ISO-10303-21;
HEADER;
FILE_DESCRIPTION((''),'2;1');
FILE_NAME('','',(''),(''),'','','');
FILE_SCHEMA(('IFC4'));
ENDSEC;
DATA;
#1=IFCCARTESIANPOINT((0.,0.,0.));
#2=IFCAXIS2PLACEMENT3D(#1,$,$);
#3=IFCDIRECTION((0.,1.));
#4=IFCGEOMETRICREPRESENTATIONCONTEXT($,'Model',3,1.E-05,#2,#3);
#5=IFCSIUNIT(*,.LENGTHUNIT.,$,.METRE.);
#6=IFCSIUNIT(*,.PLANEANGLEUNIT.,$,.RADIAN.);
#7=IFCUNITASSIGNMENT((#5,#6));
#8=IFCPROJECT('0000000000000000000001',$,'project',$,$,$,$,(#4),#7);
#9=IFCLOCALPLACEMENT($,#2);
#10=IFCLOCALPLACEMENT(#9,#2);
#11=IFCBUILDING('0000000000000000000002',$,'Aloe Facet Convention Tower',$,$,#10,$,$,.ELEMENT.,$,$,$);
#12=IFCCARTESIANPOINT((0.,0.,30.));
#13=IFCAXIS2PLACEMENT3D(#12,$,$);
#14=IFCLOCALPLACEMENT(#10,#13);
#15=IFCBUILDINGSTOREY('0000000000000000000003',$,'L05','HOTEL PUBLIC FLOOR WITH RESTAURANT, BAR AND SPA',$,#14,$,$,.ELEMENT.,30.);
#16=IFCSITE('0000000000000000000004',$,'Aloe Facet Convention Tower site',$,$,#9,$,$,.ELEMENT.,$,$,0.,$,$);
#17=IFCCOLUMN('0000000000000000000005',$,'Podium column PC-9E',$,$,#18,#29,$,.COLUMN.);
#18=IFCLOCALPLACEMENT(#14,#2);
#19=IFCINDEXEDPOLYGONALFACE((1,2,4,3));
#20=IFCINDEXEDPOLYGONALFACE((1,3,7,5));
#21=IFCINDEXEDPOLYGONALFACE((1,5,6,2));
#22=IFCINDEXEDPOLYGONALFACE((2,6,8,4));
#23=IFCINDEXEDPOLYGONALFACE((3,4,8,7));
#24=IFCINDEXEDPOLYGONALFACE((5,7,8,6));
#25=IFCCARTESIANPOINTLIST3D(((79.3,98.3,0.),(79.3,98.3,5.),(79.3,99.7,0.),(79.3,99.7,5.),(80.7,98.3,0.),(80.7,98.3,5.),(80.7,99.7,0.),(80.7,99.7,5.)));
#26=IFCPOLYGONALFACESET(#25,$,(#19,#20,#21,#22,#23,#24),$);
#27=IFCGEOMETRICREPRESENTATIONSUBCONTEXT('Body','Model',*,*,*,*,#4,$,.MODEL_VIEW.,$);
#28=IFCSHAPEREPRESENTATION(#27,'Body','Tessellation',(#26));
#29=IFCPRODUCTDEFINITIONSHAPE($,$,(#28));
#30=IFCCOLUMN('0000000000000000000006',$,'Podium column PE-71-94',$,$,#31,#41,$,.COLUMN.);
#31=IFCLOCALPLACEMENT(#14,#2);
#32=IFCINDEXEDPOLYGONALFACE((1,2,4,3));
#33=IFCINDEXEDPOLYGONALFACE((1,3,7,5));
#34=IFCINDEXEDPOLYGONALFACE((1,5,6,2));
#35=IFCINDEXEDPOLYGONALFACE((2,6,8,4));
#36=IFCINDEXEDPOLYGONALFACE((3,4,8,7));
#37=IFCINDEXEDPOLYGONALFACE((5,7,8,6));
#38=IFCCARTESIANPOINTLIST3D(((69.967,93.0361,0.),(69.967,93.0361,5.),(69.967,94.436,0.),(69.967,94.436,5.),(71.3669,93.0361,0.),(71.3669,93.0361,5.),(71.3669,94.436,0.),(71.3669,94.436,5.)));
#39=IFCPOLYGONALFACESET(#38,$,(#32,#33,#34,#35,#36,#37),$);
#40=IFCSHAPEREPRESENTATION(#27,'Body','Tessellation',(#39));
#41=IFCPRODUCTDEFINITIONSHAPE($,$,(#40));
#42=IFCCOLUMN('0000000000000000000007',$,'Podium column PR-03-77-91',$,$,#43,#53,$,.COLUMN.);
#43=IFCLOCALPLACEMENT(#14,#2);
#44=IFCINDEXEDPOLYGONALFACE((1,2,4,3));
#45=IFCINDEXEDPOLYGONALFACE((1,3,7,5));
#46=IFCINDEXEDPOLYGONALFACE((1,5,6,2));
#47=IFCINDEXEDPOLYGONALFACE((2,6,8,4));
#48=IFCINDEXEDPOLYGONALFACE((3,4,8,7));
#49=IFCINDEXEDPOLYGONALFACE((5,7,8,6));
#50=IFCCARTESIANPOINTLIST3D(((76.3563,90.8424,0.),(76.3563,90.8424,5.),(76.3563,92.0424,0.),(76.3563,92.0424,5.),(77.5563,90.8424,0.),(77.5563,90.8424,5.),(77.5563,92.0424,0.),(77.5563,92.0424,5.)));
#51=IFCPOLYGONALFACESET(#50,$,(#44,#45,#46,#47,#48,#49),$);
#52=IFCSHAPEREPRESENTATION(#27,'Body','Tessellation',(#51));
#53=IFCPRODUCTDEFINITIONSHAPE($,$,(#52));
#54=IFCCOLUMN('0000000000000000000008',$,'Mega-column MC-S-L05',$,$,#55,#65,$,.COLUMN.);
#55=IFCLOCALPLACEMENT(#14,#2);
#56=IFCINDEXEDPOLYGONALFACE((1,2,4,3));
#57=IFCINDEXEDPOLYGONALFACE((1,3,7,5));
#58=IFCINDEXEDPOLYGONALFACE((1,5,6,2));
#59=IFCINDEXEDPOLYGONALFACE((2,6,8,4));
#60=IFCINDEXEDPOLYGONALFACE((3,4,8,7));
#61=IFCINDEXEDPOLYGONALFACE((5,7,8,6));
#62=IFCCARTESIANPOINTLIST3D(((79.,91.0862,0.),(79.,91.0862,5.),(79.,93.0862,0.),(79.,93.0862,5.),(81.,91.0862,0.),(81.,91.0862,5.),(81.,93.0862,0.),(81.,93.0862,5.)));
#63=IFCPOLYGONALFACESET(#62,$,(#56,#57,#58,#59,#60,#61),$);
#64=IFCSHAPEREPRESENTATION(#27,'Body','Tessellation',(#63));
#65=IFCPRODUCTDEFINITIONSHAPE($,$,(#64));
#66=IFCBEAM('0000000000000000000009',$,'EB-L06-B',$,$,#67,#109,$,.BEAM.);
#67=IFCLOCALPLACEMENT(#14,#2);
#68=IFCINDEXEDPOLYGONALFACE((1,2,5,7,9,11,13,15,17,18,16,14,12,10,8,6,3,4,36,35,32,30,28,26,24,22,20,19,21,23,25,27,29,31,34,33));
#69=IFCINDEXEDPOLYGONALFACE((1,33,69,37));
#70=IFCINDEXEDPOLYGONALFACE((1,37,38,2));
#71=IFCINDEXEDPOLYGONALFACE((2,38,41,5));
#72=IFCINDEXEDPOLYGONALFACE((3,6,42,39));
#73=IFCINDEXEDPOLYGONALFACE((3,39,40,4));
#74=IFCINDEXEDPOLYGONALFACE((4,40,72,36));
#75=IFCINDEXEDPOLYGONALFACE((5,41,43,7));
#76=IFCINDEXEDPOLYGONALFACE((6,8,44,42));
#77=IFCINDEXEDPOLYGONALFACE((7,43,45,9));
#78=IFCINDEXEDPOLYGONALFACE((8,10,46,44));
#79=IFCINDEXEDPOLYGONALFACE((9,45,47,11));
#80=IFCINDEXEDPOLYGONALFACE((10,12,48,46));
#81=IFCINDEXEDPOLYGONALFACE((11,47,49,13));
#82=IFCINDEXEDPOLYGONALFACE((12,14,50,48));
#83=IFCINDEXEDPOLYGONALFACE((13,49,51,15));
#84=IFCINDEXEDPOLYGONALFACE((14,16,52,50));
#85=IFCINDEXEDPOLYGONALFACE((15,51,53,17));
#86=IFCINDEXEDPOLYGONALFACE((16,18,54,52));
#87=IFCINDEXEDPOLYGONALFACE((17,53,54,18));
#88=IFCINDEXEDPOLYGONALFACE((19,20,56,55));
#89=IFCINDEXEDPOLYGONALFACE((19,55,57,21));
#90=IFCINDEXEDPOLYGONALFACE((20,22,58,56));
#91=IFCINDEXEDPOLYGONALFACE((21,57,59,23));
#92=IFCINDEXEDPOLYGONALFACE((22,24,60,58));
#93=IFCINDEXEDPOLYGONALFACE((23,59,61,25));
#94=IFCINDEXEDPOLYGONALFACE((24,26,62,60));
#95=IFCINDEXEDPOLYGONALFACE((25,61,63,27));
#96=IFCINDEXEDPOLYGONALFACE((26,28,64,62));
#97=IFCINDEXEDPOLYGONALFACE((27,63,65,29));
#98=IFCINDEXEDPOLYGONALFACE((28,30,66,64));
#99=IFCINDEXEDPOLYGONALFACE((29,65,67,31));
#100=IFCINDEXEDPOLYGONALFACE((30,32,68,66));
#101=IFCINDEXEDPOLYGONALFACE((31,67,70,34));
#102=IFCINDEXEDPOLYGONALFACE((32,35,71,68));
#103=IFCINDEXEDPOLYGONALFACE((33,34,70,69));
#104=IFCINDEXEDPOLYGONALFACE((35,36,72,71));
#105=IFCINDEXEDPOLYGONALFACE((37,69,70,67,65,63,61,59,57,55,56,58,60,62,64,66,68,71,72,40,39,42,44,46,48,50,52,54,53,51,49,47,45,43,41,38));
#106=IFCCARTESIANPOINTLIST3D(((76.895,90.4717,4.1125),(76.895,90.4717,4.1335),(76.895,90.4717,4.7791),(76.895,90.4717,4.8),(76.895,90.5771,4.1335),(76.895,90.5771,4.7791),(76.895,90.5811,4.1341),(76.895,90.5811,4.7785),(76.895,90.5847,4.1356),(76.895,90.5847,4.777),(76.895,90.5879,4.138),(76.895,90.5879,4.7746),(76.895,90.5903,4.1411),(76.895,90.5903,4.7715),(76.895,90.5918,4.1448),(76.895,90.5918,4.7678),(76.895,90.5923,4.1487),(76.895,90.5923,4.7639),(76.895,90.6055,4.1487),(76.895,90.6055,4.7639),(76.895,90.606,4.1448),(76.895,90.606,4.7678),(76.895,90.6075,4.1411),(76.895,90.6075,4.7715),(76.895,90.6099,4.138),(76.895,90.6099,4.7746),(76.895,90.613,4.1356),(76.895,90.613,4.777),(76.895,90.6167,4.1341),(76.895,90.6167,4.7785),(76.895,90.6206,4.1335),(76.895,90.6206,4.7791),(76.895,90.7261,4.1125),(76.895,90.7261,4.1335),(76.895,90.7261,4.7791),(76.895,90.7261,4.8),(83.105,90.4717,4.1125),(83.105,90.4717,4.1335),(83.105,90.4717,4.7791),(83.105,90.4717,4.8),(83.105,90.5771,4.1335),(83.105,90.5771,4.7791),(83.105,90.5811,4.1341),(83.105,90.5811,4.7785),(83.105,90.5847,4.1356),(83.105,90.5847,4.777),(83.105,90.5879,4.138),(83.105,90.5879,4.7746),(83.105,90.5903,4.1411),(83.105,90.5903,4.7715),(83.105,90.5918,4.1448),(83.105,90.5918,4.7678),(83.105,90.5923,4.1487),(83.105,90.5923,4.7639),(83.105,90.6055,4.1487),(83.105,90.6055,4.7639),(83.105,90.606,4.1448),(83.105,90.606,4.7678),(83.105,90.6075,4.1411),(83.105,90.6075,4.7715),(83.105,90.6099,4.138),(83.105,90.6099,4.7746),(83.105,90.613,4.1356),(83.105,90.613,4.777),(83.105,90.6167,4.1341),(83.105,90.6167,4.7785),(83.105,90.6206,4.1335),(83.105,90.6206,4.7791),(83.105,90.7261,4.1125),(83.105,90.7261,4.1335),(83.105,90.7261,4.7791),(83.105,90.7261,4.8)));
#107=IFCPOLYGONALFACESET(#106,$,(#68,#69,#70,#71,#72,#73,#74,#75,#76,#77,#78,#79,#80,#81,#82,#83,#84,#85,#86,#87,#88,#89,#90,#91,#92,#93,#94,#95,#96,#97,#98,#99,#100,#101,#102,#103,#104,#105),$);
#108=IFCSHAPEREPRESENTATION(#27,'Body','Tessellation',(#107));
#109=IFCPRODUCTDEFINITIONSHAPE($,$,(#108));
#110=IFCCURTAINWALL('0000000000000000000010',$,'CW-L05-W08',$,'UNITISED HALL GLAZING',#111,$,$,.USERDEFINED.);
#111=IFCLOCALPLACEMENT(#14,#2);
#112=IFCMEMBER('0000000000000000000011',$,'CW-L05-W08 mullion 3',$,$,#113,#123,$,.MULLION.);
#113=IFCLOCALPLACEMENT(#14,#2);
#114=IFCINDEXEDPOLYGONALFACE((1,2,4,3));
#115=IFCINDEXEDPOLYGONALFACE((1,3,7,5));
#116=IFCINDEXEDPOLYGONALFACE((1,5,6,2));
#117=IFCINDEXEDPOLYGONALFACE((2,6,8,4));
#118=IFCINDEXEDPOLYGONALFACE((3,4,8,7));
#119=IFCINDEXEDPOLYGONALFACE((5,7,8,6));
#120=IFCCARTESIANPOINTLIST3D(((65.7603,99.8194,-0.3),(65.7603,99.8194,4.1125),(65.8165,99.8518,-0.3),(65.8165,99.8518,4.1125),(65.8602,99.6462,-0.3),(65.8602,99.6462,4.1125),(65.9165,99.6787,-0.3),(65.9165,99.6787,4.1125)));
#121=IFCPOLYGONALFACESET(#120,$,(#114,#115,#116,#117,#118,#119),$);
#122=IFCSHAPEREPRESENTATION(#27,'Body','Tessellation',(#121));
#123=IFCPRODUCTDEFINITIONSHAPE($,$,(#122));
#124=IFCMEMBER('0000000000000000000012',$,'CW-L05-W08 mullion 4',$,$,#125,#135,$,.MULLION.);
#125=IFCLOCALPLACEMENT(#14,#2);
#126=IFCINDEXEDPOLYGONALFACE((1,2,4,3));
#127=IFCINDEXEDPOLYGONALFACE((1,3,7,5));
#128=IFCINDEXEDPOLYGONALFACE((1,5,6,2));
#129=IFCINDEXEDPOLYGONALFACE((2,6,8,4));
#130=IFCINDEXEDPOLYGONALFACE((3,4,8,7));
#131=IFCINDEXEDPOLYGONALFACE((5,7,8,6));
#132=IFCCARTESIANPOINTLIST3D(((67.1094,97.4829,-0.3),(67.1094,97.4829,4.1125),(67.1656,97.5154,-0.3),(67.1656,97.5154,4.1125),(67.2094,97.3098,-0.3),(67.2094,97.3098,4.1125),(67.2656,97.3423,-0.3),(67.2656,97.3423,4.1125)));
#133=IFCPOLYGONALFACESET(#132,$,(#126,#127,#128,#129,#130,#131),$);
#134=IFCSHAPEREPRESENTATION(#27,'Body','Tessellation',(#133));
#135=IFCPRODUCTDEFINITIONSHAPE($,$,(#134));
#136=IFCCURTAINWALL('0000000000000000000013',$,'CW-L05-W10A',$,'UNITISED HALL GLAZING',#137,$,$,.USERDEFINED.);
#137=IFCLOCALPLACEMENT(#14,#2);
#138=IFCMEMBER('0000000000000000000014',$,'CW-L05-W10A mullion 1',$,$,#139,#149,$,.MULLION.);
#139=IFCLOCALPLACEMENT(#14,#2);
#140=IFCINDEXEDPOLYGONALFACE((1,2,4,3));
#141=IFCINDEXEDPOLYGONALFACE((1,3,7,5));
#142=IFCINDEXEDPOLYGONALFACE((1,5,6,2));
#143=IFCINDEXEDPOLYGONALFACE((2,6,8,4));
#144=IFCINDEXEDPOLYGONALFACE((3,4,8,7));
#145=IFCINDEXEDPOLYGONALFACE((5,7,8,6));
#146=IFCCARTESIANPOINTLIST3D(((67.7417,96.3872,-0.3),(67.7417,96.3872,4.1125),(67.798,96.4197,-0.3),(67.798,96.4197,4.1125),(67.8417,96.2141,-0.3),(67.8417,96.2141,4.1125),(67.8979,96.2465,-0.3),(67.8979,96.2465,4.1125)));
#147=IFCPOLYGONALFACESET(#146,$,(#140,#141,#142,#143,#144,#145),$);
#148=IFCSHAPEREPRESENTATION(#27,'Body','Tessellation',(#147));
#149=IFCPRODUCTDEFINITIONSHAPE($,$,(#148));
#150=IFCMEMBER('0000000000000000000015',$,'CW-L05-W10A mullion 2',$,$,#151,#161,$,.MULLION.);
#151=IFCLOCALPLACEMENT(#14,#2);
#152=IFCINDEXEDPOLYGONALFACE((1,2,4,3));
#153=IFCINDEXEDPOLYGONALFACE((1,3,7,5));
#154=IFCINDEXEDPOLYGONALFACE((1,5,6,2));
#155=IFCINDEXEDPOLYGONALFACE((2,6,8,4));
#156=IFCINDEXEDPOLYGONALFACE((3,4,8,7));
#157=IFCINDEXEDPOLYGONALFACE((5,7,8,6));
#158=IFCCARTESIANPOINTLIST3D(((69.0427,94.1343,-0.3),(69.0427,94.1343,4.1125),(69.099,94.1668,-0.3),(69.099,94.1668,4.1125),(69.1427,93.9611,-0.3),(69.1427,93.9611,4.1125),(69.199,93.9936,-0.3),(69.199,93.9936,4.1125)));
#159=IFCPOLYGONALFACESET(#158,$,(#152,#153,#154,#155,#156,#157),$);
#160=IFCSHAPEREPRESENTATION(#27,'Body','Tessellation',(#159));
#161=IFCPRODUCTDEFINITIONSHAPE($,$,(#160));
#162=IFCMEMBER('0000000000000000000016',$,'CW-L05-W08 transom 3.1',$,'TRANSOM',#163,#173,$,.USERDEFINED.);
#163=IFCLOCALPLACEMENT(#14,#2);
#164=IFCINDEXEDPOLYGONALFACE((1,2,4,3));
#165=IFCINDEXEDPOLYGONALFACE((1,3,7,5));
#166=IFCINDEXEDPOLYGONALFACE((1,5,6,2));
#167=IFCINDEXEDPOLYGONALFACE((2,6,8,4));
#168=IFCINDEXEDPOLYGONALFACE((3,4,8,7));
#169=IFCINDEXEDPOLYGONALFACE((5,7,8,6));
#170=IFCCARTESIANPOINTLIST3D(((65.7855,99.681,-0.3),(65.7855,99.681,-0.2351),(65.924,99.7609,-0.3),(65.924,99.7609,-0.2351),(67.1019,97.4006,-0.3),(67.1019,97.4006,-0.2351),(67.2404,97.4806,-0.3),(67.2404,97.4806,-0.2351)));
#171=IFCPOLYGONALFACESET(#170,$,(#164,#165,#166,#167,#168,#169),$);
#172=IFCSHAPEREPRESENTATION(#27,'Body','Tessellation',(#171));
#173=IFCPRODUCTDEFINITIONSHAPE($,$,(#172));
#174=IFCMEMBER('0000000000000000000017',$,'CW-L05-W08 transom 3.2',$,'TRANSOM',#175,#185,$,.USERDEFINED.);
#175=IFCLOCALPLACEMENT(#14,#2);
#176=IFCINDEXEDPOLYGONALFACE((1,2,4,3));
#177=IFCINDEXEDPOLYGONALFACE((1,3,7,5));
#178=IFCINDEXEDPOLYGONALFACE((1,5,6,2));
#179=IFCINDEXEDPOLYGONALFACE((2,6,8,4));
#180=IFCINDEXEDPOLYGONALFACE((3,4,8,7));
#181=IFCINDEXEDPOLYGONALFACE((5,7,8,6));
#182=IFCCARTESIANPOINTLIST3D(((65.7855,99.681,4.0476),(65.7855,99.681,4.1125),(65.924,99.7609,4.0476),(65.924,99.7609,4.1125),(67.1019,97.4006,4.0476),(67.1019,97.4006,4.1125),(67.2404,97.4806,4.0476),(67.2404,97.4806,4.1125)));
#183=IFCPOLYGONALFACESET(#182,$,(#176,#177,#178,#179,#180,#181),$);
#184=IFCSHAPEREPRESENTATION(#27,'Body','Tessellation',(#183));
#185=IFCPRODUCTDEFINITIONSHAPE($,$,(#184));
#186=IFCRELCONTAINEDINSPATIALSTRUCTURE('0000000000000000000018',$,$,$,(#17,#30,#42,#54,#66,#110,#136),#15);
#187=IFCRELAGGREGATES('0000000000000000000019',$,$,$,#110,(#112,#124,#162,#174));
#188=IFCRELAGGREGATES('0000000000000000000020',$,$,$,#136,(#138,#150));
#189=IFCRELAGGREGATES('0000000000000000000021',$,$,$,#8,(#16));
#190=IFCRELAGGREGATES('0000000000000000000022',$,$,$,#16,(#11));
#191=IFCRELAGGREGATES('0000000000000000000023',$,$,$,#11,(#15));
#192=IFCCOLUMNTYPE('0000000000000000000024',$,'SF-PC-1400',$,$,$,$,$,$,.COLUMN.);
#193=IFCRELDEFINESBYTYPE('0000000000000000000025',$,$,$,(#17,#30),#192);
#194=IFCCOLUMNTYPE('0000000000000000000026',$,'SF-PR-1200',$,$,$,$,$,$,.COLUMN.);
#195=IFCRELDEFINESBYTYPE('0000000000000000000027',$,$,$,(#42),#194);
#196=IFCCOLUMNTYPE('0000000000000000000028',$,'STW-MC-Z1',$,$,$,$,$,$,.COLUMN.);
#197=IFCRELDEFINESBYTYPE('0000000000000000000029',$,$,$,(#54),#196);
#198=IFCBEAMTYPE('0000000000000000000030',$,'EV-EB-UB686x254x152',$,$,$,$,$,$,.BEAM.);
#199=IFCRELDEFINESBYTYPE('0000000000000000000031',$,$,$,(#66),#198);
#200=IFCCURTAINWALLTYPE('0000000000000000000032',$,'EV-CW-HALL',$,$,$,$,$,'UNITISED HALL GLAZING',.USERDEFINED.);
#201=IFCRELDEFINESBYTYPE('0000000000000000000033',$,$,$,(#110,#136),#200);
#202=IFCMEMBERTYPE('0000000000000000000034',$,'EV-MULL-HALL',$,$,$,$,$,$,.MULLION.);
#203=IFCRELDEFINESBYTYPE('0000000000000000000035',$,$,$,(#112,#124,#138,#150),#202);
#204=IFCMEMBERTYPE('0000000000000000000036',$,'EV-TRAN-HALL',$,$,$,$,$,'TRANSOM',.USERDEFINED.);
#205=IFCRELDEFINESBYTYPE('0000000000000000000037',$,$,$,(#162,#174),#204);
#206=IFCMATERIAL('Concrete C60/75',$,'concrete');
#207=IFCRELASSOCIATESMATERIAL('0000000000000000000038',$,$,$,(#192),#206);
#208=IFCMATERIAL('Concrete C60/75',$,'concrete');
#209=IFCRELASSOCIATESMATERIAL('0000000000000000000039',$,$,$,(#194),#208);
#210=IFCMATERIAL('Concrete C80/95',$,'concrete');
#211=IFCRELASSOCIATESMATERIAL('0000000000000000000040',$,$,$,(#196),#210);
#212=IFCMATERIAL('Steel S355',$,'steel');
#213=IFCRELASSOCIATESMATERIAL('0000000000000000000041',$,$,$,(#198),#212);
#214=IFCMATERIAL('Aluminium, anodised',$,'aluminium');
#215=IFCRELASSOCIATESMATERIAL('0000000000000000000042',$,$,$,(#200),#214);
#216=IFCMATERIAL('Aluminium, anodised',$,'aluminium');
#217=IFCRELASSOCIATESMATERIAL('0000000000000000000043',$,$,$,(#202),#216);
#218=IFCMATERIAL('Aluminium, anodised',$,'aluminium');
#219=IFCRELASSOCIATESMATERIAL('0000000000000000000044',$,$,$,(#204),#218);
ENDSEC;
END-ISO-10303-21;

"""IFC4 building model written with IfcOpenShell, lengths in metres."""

from ifc_helpers import new_model, si_unit, direction, frame, origin, origin_2d, place, context, subcontext, project, spatial, rectangle, i_section, extrude, material, material_profile, profile_set, type_object, element, aggregate, save


model = new_model("IFC4")

# Units and contexts
model_context = context("Model", 3, precision=1e-05, world=origin(), true_north=direction((0.0, 1.0)))
body_context = subcontext(model_context, "Body", "Model", "MODEL_VIEW")
ifc_project = project(units=[si_unit("LENGTHUNIT", "METRE"), si_unit("PLANEANGLEUNIT", "RADIAN")], contexts=[model_context])

# Site, building, storey
site_placement = place(None, origin())
site = spatial("IfcSite", under=ifc_project, at=site_placement, Name="Aloe Facet Convention Tower site", CompositionType="ELEMENT", RefElevation=0.0)
building_placement = place(site_placement, origin())
building = spatial("IfcBuilding", under=site, at=building_placement, Name="Aloe Facet Convention Tower", CompositionType="ELEMENT")
storey_placement = place(building_placement, frame((0.0, 0.0, 30.0)))
storey = spatial("IfcBuildingStorey", under=building, at=storey_placement, Name="L05", Description="HOTEL PUBLIC FLOOR WITH RESTAURANT, BAR AND SPA", CompositionType="ELEMENT", Elevation=30.0)

# Columns
ifc_material_1 = material(Name="Concrete C60/75", Category="concrete")
ifc_material_profile_1 = material_profile(ifc_material_1, rectangle(XDim=1.3999, YDim=1.3999, at=origin_2d()), Name="SF-PC-1400")
ifc_profile_set_1 = profile_set([ifc_material_profile_1], Name="Concrete C60/75")
column_type_1 = type_object("IfcColumnType", Name="SF-PC-1400", PredefinedType="COLUMN", material=ifc_profile_set_1)
for number, where, z_axis, x_axis, name in (
    (1, (80.0, 99.0, 0.0), (0.0, 0.0, 1.0), (1.0, 0.0, 0.0), "Podium column PC-9E"),
    (2, (70.667, 93.7361, 0.0), (0.0, 0.0, 1.0), (1.0, 0.0, 0.0), "Podium column PE-71-94"),
):
    element("IfcColumn", number, at=place(storey_placement, frame(where, z_axis=z_axis, x_axis=x_axis)), inside=storey, type_object=column_type_1, Name=name, PredefinedType="COLUMN", context=body_context, shape_type="SweptSolid", body=[
        extrude(rectangle(XDim=1.3999, YDim=1.3999, at=origin_2d()), origin(), (0.0, 0.0, 1.0), 5.0),
    ])
ifc_material_2 = material(Name="Concrete C60/75", Category="concrete")
ifc_material_profile_2 = material_profile(ifc_material_2, rectangle(XDim=1.2, YDim=1.2, at=origin_2d()), Name="SF-PR-1200")
ifc_profile_set_2 = profile_set([ifc_material_profile_2], Name="Concrete C60/75")
column_type_2 = type_object("IfcColumnType", Name="SF-PR-1200", PredefinedType="COLUMN", material=ifc_profile_set_2)
column_1_placement = place(storey_placement, frame((76.9563, 91.4424, 0.0), z_axis=(0.0, 0.0, 1.0), x_axis=(1.0, 0.0, 0.0)))
element("IfcColumn", 3, at=column_1_placement, inside=storey, type_object=column_type_2, Name="Podium column PR-03-77-91", PredefinedType="COLUMN", context=body_context, shape_type="SweptSolid", body=[
    extrude(rectangle(XDim=1.2, YDim=1.2, at=origin_2d()), origin(), (0.0, 0.0, 1.0), 5.0),
])
ifc_material_3 = material(Name="Concrete C80/95", Category="concrete")
ifc_material_profile_3 = material_profile(ifc_material_3, rectangle(XDim=2.0, YDim=2.0, at=origin_2d()), Name="STW-MC-Z1")
ifc_profile_set_3 = profile_set([ifc_material_profile_3], Name="Concrete C80/95")
column_type_3 = type_object("IfcColumnType", Name="STW-MC-Z1", PredefinedType="COLUMN", material=ifc_profile_set_3)
column_2_placement = place(storey_placement, frame((80.0, 92.0862, 0.0), z_axis=(0.0, 0.0, 1.0), x_axis=(1.0, 0.0, 0.0)))
element("IfcColumn", 4, at=column_2_placement, inside=storey, type_object=column_type_3, Name="Mega-column MC-S-L05", PredefinedType="COLUMN", context=body_context, shape_type="SweptSolid", body=[
    extrude(rectangle(XDim=2.0, YDim=2.0, at=origin_2d()), origin(), (0.0, 0.0, 1.0), 5.0),
])

# Beam
ifc_material_4 = material(Name="Steel S355", Category="steel")
ifc_material_profile_4 = material_profile(ifc_material_4, i_section(OverallWidth=0.2544, OverallDepth=0.6875, WebThickness=0.0132, FlangeThickness=0.021, FilletRadius=0.0151, at=origin_2d()), Name="UB 686x254x152")
ifc_profile_set_4 = profile_set([ifc_material_profile_4], Name="Steel S355")
beam_type_1 = type_object("IfcBeamType", Name="EV-EB-UB686x254x152", PredefinedType="BEAM", material=ifc_profile_set_4)
beam_1_placement = place(storey_placement, frame((76.895, 90.5989, 4.4563), z_axis=(1.0, 0.0, 0.0), x_axis=(0.0, 1.0, 0.0)))
element("IfcBeam", 5, at=beam_1_placement, inside=storey, type_object=beam_type_1, Name="EB-L06-B", PredefinedType="BEAM", context=body_context, shape_type="SweptSolid", body=[
    extrude(i_section(OverallWidth=0.2544, OverallDepth=0.6875, WebThickness=0.0132, FlangeThickness=0.021, FilletRadius=0.0151, at=origin_2d()), origin(), (0.0, 0.0, 1.0), 6.21),
])

# Curtain walls, members
ifc_material_5 = material(Name="Aluminium, anodised", Category="aluminium")
curtain_wall_type = type_object("IfcCurtainWallType", Name="EV-CW-HALL", ElementType="UNITISED HALL GLAZING", PredefinedType="USERDEFINED", material=ifc_material_5)
curtain_wall_1_placement = place(storey_placement, origin())
curtain_wall_1 = element("IfcCurtainWall", 6, at=curtain_wall_1_placement, inside=storey, type_object=curtain_wall_type, Name="CW-L05-W08", ObjectType="UNITISED HALL GLAZING", PredefinedType="USERDEFINED")
ifc_material_6 = material(Name="Aluminium, anodised", Category="aluminium")
ifc_material_profile_5 = material_profile(ifc_material_6, rectangle(XDim=0.0649, YDim=0.2, at=origin_2d()), Name="AL 65x200")
ifc_profile_set_5 = profile_set([ifc_material_profile_5], Name="Aluminium, anodised")
member_type_1 = type_object("IfcMemberType", Name="EV-MULL-HALL", PredefinedType="MULLION", material=ifc_profile_set_5)
member_1_placement = place(storey_placement, frame((65.8384, 99.749, -0.3), z_axis=(0.0, 0.0, 1.0), x_axis=(0.866025, 0.5, 0.0)))
member_1 = element("IfcMember", 7, at=member_1_placement, type_object=member_type_1, Name="CW-L05-W08 mullion 3", PredefinedType="MULLION", context=body_context, shape_type="SweptSolid", body=[
    extrude(rectangle(XDim=0.0649, YDim=0.2, at=origin_2d()), origin(), (0.0, 0.0, 1.0), 4.4126),
])
member_2_placement = place(storey_placement, frame((67.1875, 97.4126, -0.3), z_axis=(0.0, 0.0, 1.0), x_axis=(0.866025, 0.5, 0.0)))
member_2 = element("IfcMember", 8, at=member_2_placement, type_object=member_type_1, Name="CW-L05-W08 mullion 4", PredefinedType="MULLION", context=body_context, shape_type="SweptSolid", body=[
    extrude(rectangle(XDim=0.0649, YDim=0.2, at=origin_2d()), origin(), (0.0, 0.0, 1.0), 4.4126),
])
curtain_wall_2_placement = place(storey_placement, origin())
curtain_wall_2 = element("IfcCurtainWall", 9, at=curtain_wall_2_placement, inside=storey, type_object=curtain_wall_type, Name="CW-L05-W10A", ObjectType="UNITISED HALL GLAZING", PredefinedType="USERDEFINED")
member_3_placement = place(storey_placement, frame((67.8198, 96.3169, -0.3), z_axis=(0.0, 0.0, 1.0), x_axis=(0.866025, 0.5, 0.0)))
member_3 = element("IfcMember", 10, at=member_3_placement, type_object=member_type_1, Name="CW-L05-W10A mullion 1", PredefinedType="MULLION", context=body_context, shape_type="SweptSolid", body=[
    extrude(rectangle(XDim=0.0649, YDim=0.2, at=origin_2d()), origin(), (0.0, 0.0, 1.0), 4.4126),
])
member_4_placement = place(storey_placement, frame((69.1208, 94.064, -0.3), z_axis=(0.0, 0.0, 1.0), x_axis=(0.866025, 0.5, 0.0)))
member_4 = element("IfcMember", 11, at=member_4_placement, type_object=member_type_1, Name="CW-L05-W10A mullion 2", PredefinedType="MULLION", context=body_context, shape_type="SweptSolid", body=[
    extrude(rectangle(XDim=0.0649, YDim=0.2, at=origin_2d()), origin(), (0.0, 0.0, 1.0), 4.4126),
])

# Members
ifc_material_7 = material(Name="Aluminium, anodised", Category="aluminium")
ifc_material_profile_6 = material_profile(ifc_material_7, rectangle(XDim=0.1599, YDim=0.0649, at=origin_2d()), Name="AL 160x65")
ifc_profile_set_6 = profile_set([ifc_material_profile_6], Name="Aluminium, anodised")
member_type_2 = type_object("IfcMemberType", Name="EV-TRAN-HALL", ElementType="TRANSOM", PredefinedType="USERDEFINED", material=ifc_profile_set_6)
member_5_placement = place(storey_placement, frame((65.8547, 99.7209, -0.2676), z_axis=(0.499969, -0.866044, 0.0), x_axis=(0.866044, 0.499969, 0.0)))
member_5 = element("IfcMember", 12, at=member_5_placement, type_object=member_type_2, Name="CW-L05-W08 transom 3.1", ObjectType="TRANSOM", PredefinedType="USERDEFINED", context=body_context, shape_type="SweptSolid", body=[
    extrude(rectangle(XDim=0.1599, YDim=0.0649, at=origin_2d()), origin(), (0.0, 0.0, 1.0), 2.6331),
])
member_6_placement = place(storey_placement, frame((65.8547, 99.7209, 4.0801), z_axis=(0.499969, -0.866044, 0.0), x_axis=(0.866044, 0.499969, 0.0)))
member_6 = element("IfcMember", 13, at=member_6_placement, type_object=member_type_2, Name="CW-L05-W08 transom 3.2", ObjectType="TRANSOM", PredefinedType="USERDEFINED", context=body_context, shape_type="SweptSolid", body=[
    extrude(rectangle(XDim=0.1599, YDim=0.0649, at=origin_2d()), origin(), (0.0, 0.0, 1.0), 2.6331),
])

aggregate(curtain_wall_1, [member_1, member_2, member_5, member_6])
aggregate(curtain_wall_2, [member_3, member_4])

save(model, "model.ifc")
